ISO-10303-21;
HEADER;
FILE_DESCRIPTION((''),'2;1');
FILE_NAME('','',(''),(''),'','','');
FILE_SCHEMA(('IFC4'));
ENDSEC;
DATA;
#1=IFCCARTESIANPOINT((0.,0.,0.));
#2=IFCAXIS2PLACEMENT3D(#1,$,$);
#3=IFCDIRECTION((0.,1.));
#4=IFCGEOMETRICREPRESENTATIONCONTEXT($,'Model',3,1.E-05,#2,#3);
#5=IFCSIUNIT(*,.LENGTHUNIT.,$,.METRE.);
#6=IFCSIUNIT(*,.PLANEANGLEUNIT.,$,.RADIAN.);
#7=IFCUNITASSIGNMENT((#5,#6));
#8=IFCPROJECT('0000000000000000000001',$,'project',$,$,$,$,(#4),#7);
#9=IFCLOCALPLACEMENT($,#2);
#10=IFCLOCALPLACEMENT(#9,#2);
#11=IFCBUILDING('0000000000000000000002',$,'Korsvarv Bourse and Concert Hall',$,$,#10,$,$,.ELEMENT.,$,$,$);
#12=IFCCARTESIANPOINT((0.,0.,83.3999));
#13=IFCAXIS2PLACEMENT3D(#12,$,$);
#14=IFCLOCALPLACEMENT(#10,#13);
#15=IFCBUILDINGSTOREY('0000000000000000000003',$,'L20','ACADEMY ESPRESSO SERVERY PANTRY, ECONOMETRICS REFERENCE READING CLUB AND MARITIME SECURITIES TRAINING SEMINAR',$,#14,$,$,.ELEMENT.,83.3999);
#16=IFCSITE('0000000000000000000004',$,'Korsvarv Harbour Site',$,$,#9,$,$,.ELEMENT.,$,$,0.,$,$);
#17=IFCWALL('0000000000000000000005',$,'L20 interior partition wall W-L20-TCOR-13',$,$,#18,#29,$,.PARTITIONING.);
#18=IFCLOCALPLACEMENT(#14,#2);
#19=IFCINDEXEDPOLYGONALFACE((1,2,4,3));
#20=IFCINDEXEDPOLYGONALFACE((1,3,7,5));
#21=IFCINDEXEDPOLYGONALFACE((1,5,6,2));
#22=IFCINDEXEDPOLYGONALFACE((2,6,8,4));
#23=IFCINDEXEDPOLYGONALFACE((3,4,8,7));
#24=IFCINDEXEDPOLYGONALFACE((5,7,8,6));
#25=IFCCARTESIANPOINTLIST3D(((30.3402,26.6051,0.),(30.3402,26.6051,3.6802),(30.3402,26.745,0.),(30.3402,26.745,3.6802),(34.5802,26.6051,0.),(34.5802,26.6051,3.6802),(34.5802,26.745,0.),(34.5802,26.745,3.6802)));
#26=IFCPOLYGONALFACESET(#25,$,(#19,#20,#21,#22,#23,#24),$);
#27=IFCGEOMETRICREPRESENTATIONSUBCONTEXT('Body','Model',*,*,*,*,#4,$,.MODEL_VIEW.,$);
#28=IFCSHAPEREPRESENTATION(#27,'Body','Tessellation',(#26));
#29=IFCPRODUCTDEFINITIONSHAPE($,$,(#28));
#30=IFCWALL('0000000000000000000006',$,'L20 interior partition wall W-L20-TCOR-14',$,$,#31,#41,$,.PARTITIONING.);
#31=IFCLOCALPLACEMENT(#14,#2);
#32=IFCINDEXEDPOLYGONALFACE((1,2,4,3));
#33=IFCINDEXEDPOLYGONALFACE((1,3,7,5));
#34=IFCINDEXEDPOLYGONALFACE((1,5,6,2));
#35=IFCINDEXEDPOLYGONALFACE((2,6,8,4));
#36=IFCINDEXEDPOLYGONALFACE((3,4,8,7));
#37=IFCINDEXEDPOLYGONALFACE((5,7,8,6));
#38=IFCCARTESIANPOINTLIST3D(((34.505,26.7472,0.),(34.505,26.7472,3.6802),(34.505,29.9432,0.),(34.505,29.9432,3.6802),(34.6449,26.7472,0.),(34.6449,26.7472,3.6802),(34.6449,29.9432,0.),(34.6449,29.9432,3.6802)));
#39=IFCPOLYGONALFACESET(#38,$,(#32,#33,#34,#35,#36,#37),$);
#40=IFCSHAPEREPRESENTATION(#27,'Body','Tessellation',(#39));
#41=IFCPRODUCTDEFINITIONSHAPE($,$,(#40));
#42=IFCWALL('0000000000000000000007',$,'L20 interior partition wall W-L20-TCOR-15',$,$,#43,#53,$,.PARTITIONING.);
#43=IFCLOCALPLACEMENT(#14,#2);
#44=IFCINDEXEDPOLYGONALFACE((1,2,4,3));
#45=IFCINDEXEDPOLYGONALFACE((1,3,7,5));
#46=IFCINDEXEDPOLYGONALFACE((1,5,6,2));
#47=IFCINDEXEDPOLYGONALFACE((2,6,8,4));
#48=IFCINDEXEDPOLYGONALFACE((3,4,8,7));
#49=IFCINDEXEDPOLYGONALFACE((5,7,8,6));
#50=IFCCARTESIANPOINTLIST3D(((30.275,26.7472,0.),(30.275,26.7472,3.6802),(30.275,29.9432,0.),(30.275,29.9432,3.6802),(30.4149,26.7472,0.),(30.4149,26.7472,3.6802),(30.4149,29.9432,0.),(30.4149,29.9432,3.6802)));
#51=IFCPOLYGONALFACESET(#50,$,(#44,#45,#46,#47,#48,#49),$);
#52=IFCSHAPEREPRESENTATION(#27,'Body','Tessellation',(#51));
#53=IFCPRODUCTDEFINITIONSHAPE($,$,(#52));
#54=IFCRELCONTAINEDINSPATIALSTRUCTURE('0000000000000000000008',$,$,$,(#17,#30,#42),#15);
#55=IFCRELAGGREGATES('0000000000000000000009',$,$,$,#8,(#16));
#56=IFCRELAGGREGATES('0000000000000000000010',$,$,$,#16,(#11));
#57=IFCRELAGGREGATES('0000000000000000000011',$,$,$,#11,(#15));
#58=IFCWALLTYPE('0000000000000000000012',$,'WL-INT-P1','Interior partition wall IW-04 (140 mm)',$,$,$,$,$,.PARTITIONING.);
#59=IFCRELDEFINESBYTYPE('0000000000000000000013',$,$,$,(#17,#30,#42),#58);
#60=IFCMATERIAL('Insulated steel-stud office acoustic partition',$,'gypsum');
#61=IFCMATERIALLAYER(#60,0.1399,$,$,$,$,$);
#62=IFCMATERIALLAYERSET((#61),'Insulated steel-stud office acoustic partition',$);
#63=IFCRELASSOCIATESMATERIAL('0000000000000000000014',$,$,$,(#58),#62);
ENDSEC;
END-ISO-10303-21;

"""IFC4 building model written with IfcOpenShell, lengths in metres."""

from ifc_helpers import new_model, si_unit, direction, frame, frame_2d, origin, place, context, subcontext, project, spatial, rectangle, extrude, material, layer, layer_set, type_object, element, save


model = new_model("IFC4")

# Units and contexts
model_context = context("Model", 3, precision=1e-05, world=origin(), true_north=direction((0.0, 1.0)))
body_context = subcontext(model_context, "Body", "Model", "MODEL_VIEW")
ifc_project = project(units=[si_unit("LENGTHUNIT", "METRE"), si_unit("PLANEANGLEUNIT", "RADIAN")], contexts=[model_context])

# Site, building, storey
site_placement = place(None, origin())
site = spatial("IfcSite", under=ifc_project, at=site_placement, Name="Korsvarv Harbour Site", CompositionType="ELEMENT", RefElevation=0.0)
building_placement = place(site_placement, origin())
building = spatial("IfcBuilding", under=site, at=building_placement, Name="Korsvarv Bourse and Concert Hall", CompositionType="ELEMENT")
storey_placement = place(building_placement, frame((0.0, 0.0, 83.3999)))
storey = spatial("IfcBuildingStorey", under=building, at=storey_placement, Name="L20", Description="ACADEMY ESPRESSO SERVERY PANTRY, ECONOMETRICS REFERENCE READING CLUB AND MARITIME SECURITIES TRAINING SEMINAR", CompositionType="ELEMENT", Elevation=83.3999)

# Walls
ifc_material_1 = material(Name="Insulated steel-stud office acoustic partition", Category="gypsum")
ifc_layer_1 = layer(ifc_material_1, 0.1399)
ifc_layer_set_1 = layer_set([ifc_layer_1], Name="Insulated steel-stud office acoustic partition")
wall_type_1 = type_object("IfcWallType", Name="WL-INT-P1", Description="Interior partition wall IW-04 (140 mm)", PredefinedType="PARTITIONING", material=ifc_layer_set_1)
wall_1_placement = place(storey_placement, frame((30.3401, 26.675, 0.0), z_axis=(0.0, 0.0, 1.0), x_axis=(1.0, 0.0, 0.0)))
element("IfcWall", 1, at=wall_1_placement, inside=storey, type_object=wall_type_1, Name="L20 interior partition wall W-L20-TCOR-13", PredefinedType="PARTITIONING", context=body_context, shape_type="SweptSolid", body=[
    extrude(rectangle(XDim=4.24, YDim=0.1399, at=frame_2d((2.1201, 0.0))), origin(), (0.0, 0.0, 1.0), 3.6802),
])
for number, where, z_axis, x_axis, name in (
    (2, (34.575, 26.7471, 0.0), (0.0, 0.0, 1.0), (0.0, 1.0, 0.0), "L20 interior partition wall W-L20-TCOR-14"),
    (3, (30.345, 26.7471, 0.0), (0.0, 0.0, 1.0), (0.0, 1.0, 0.0), "L20 interior partition wall W-L20-TCOR-15"),
):
    element("IfcWall", number, at=place(storey_placement, frame(where, z_axis=z_axis, x_axis=x_axis)), inside=storey, type_object=wall_type_1, Name=name, PredefinedType="PARTITIONING", context=body_context, shape_type="SweptSolid", body=[
        extrude(rectangle(XDim=3.196, YDim=0.1399, at=frame_2d((1.5981, 0.0))), origin(), (0.0, 0.0, 1.0), 3.6802),
    ])

save(model, "model.ifc")
